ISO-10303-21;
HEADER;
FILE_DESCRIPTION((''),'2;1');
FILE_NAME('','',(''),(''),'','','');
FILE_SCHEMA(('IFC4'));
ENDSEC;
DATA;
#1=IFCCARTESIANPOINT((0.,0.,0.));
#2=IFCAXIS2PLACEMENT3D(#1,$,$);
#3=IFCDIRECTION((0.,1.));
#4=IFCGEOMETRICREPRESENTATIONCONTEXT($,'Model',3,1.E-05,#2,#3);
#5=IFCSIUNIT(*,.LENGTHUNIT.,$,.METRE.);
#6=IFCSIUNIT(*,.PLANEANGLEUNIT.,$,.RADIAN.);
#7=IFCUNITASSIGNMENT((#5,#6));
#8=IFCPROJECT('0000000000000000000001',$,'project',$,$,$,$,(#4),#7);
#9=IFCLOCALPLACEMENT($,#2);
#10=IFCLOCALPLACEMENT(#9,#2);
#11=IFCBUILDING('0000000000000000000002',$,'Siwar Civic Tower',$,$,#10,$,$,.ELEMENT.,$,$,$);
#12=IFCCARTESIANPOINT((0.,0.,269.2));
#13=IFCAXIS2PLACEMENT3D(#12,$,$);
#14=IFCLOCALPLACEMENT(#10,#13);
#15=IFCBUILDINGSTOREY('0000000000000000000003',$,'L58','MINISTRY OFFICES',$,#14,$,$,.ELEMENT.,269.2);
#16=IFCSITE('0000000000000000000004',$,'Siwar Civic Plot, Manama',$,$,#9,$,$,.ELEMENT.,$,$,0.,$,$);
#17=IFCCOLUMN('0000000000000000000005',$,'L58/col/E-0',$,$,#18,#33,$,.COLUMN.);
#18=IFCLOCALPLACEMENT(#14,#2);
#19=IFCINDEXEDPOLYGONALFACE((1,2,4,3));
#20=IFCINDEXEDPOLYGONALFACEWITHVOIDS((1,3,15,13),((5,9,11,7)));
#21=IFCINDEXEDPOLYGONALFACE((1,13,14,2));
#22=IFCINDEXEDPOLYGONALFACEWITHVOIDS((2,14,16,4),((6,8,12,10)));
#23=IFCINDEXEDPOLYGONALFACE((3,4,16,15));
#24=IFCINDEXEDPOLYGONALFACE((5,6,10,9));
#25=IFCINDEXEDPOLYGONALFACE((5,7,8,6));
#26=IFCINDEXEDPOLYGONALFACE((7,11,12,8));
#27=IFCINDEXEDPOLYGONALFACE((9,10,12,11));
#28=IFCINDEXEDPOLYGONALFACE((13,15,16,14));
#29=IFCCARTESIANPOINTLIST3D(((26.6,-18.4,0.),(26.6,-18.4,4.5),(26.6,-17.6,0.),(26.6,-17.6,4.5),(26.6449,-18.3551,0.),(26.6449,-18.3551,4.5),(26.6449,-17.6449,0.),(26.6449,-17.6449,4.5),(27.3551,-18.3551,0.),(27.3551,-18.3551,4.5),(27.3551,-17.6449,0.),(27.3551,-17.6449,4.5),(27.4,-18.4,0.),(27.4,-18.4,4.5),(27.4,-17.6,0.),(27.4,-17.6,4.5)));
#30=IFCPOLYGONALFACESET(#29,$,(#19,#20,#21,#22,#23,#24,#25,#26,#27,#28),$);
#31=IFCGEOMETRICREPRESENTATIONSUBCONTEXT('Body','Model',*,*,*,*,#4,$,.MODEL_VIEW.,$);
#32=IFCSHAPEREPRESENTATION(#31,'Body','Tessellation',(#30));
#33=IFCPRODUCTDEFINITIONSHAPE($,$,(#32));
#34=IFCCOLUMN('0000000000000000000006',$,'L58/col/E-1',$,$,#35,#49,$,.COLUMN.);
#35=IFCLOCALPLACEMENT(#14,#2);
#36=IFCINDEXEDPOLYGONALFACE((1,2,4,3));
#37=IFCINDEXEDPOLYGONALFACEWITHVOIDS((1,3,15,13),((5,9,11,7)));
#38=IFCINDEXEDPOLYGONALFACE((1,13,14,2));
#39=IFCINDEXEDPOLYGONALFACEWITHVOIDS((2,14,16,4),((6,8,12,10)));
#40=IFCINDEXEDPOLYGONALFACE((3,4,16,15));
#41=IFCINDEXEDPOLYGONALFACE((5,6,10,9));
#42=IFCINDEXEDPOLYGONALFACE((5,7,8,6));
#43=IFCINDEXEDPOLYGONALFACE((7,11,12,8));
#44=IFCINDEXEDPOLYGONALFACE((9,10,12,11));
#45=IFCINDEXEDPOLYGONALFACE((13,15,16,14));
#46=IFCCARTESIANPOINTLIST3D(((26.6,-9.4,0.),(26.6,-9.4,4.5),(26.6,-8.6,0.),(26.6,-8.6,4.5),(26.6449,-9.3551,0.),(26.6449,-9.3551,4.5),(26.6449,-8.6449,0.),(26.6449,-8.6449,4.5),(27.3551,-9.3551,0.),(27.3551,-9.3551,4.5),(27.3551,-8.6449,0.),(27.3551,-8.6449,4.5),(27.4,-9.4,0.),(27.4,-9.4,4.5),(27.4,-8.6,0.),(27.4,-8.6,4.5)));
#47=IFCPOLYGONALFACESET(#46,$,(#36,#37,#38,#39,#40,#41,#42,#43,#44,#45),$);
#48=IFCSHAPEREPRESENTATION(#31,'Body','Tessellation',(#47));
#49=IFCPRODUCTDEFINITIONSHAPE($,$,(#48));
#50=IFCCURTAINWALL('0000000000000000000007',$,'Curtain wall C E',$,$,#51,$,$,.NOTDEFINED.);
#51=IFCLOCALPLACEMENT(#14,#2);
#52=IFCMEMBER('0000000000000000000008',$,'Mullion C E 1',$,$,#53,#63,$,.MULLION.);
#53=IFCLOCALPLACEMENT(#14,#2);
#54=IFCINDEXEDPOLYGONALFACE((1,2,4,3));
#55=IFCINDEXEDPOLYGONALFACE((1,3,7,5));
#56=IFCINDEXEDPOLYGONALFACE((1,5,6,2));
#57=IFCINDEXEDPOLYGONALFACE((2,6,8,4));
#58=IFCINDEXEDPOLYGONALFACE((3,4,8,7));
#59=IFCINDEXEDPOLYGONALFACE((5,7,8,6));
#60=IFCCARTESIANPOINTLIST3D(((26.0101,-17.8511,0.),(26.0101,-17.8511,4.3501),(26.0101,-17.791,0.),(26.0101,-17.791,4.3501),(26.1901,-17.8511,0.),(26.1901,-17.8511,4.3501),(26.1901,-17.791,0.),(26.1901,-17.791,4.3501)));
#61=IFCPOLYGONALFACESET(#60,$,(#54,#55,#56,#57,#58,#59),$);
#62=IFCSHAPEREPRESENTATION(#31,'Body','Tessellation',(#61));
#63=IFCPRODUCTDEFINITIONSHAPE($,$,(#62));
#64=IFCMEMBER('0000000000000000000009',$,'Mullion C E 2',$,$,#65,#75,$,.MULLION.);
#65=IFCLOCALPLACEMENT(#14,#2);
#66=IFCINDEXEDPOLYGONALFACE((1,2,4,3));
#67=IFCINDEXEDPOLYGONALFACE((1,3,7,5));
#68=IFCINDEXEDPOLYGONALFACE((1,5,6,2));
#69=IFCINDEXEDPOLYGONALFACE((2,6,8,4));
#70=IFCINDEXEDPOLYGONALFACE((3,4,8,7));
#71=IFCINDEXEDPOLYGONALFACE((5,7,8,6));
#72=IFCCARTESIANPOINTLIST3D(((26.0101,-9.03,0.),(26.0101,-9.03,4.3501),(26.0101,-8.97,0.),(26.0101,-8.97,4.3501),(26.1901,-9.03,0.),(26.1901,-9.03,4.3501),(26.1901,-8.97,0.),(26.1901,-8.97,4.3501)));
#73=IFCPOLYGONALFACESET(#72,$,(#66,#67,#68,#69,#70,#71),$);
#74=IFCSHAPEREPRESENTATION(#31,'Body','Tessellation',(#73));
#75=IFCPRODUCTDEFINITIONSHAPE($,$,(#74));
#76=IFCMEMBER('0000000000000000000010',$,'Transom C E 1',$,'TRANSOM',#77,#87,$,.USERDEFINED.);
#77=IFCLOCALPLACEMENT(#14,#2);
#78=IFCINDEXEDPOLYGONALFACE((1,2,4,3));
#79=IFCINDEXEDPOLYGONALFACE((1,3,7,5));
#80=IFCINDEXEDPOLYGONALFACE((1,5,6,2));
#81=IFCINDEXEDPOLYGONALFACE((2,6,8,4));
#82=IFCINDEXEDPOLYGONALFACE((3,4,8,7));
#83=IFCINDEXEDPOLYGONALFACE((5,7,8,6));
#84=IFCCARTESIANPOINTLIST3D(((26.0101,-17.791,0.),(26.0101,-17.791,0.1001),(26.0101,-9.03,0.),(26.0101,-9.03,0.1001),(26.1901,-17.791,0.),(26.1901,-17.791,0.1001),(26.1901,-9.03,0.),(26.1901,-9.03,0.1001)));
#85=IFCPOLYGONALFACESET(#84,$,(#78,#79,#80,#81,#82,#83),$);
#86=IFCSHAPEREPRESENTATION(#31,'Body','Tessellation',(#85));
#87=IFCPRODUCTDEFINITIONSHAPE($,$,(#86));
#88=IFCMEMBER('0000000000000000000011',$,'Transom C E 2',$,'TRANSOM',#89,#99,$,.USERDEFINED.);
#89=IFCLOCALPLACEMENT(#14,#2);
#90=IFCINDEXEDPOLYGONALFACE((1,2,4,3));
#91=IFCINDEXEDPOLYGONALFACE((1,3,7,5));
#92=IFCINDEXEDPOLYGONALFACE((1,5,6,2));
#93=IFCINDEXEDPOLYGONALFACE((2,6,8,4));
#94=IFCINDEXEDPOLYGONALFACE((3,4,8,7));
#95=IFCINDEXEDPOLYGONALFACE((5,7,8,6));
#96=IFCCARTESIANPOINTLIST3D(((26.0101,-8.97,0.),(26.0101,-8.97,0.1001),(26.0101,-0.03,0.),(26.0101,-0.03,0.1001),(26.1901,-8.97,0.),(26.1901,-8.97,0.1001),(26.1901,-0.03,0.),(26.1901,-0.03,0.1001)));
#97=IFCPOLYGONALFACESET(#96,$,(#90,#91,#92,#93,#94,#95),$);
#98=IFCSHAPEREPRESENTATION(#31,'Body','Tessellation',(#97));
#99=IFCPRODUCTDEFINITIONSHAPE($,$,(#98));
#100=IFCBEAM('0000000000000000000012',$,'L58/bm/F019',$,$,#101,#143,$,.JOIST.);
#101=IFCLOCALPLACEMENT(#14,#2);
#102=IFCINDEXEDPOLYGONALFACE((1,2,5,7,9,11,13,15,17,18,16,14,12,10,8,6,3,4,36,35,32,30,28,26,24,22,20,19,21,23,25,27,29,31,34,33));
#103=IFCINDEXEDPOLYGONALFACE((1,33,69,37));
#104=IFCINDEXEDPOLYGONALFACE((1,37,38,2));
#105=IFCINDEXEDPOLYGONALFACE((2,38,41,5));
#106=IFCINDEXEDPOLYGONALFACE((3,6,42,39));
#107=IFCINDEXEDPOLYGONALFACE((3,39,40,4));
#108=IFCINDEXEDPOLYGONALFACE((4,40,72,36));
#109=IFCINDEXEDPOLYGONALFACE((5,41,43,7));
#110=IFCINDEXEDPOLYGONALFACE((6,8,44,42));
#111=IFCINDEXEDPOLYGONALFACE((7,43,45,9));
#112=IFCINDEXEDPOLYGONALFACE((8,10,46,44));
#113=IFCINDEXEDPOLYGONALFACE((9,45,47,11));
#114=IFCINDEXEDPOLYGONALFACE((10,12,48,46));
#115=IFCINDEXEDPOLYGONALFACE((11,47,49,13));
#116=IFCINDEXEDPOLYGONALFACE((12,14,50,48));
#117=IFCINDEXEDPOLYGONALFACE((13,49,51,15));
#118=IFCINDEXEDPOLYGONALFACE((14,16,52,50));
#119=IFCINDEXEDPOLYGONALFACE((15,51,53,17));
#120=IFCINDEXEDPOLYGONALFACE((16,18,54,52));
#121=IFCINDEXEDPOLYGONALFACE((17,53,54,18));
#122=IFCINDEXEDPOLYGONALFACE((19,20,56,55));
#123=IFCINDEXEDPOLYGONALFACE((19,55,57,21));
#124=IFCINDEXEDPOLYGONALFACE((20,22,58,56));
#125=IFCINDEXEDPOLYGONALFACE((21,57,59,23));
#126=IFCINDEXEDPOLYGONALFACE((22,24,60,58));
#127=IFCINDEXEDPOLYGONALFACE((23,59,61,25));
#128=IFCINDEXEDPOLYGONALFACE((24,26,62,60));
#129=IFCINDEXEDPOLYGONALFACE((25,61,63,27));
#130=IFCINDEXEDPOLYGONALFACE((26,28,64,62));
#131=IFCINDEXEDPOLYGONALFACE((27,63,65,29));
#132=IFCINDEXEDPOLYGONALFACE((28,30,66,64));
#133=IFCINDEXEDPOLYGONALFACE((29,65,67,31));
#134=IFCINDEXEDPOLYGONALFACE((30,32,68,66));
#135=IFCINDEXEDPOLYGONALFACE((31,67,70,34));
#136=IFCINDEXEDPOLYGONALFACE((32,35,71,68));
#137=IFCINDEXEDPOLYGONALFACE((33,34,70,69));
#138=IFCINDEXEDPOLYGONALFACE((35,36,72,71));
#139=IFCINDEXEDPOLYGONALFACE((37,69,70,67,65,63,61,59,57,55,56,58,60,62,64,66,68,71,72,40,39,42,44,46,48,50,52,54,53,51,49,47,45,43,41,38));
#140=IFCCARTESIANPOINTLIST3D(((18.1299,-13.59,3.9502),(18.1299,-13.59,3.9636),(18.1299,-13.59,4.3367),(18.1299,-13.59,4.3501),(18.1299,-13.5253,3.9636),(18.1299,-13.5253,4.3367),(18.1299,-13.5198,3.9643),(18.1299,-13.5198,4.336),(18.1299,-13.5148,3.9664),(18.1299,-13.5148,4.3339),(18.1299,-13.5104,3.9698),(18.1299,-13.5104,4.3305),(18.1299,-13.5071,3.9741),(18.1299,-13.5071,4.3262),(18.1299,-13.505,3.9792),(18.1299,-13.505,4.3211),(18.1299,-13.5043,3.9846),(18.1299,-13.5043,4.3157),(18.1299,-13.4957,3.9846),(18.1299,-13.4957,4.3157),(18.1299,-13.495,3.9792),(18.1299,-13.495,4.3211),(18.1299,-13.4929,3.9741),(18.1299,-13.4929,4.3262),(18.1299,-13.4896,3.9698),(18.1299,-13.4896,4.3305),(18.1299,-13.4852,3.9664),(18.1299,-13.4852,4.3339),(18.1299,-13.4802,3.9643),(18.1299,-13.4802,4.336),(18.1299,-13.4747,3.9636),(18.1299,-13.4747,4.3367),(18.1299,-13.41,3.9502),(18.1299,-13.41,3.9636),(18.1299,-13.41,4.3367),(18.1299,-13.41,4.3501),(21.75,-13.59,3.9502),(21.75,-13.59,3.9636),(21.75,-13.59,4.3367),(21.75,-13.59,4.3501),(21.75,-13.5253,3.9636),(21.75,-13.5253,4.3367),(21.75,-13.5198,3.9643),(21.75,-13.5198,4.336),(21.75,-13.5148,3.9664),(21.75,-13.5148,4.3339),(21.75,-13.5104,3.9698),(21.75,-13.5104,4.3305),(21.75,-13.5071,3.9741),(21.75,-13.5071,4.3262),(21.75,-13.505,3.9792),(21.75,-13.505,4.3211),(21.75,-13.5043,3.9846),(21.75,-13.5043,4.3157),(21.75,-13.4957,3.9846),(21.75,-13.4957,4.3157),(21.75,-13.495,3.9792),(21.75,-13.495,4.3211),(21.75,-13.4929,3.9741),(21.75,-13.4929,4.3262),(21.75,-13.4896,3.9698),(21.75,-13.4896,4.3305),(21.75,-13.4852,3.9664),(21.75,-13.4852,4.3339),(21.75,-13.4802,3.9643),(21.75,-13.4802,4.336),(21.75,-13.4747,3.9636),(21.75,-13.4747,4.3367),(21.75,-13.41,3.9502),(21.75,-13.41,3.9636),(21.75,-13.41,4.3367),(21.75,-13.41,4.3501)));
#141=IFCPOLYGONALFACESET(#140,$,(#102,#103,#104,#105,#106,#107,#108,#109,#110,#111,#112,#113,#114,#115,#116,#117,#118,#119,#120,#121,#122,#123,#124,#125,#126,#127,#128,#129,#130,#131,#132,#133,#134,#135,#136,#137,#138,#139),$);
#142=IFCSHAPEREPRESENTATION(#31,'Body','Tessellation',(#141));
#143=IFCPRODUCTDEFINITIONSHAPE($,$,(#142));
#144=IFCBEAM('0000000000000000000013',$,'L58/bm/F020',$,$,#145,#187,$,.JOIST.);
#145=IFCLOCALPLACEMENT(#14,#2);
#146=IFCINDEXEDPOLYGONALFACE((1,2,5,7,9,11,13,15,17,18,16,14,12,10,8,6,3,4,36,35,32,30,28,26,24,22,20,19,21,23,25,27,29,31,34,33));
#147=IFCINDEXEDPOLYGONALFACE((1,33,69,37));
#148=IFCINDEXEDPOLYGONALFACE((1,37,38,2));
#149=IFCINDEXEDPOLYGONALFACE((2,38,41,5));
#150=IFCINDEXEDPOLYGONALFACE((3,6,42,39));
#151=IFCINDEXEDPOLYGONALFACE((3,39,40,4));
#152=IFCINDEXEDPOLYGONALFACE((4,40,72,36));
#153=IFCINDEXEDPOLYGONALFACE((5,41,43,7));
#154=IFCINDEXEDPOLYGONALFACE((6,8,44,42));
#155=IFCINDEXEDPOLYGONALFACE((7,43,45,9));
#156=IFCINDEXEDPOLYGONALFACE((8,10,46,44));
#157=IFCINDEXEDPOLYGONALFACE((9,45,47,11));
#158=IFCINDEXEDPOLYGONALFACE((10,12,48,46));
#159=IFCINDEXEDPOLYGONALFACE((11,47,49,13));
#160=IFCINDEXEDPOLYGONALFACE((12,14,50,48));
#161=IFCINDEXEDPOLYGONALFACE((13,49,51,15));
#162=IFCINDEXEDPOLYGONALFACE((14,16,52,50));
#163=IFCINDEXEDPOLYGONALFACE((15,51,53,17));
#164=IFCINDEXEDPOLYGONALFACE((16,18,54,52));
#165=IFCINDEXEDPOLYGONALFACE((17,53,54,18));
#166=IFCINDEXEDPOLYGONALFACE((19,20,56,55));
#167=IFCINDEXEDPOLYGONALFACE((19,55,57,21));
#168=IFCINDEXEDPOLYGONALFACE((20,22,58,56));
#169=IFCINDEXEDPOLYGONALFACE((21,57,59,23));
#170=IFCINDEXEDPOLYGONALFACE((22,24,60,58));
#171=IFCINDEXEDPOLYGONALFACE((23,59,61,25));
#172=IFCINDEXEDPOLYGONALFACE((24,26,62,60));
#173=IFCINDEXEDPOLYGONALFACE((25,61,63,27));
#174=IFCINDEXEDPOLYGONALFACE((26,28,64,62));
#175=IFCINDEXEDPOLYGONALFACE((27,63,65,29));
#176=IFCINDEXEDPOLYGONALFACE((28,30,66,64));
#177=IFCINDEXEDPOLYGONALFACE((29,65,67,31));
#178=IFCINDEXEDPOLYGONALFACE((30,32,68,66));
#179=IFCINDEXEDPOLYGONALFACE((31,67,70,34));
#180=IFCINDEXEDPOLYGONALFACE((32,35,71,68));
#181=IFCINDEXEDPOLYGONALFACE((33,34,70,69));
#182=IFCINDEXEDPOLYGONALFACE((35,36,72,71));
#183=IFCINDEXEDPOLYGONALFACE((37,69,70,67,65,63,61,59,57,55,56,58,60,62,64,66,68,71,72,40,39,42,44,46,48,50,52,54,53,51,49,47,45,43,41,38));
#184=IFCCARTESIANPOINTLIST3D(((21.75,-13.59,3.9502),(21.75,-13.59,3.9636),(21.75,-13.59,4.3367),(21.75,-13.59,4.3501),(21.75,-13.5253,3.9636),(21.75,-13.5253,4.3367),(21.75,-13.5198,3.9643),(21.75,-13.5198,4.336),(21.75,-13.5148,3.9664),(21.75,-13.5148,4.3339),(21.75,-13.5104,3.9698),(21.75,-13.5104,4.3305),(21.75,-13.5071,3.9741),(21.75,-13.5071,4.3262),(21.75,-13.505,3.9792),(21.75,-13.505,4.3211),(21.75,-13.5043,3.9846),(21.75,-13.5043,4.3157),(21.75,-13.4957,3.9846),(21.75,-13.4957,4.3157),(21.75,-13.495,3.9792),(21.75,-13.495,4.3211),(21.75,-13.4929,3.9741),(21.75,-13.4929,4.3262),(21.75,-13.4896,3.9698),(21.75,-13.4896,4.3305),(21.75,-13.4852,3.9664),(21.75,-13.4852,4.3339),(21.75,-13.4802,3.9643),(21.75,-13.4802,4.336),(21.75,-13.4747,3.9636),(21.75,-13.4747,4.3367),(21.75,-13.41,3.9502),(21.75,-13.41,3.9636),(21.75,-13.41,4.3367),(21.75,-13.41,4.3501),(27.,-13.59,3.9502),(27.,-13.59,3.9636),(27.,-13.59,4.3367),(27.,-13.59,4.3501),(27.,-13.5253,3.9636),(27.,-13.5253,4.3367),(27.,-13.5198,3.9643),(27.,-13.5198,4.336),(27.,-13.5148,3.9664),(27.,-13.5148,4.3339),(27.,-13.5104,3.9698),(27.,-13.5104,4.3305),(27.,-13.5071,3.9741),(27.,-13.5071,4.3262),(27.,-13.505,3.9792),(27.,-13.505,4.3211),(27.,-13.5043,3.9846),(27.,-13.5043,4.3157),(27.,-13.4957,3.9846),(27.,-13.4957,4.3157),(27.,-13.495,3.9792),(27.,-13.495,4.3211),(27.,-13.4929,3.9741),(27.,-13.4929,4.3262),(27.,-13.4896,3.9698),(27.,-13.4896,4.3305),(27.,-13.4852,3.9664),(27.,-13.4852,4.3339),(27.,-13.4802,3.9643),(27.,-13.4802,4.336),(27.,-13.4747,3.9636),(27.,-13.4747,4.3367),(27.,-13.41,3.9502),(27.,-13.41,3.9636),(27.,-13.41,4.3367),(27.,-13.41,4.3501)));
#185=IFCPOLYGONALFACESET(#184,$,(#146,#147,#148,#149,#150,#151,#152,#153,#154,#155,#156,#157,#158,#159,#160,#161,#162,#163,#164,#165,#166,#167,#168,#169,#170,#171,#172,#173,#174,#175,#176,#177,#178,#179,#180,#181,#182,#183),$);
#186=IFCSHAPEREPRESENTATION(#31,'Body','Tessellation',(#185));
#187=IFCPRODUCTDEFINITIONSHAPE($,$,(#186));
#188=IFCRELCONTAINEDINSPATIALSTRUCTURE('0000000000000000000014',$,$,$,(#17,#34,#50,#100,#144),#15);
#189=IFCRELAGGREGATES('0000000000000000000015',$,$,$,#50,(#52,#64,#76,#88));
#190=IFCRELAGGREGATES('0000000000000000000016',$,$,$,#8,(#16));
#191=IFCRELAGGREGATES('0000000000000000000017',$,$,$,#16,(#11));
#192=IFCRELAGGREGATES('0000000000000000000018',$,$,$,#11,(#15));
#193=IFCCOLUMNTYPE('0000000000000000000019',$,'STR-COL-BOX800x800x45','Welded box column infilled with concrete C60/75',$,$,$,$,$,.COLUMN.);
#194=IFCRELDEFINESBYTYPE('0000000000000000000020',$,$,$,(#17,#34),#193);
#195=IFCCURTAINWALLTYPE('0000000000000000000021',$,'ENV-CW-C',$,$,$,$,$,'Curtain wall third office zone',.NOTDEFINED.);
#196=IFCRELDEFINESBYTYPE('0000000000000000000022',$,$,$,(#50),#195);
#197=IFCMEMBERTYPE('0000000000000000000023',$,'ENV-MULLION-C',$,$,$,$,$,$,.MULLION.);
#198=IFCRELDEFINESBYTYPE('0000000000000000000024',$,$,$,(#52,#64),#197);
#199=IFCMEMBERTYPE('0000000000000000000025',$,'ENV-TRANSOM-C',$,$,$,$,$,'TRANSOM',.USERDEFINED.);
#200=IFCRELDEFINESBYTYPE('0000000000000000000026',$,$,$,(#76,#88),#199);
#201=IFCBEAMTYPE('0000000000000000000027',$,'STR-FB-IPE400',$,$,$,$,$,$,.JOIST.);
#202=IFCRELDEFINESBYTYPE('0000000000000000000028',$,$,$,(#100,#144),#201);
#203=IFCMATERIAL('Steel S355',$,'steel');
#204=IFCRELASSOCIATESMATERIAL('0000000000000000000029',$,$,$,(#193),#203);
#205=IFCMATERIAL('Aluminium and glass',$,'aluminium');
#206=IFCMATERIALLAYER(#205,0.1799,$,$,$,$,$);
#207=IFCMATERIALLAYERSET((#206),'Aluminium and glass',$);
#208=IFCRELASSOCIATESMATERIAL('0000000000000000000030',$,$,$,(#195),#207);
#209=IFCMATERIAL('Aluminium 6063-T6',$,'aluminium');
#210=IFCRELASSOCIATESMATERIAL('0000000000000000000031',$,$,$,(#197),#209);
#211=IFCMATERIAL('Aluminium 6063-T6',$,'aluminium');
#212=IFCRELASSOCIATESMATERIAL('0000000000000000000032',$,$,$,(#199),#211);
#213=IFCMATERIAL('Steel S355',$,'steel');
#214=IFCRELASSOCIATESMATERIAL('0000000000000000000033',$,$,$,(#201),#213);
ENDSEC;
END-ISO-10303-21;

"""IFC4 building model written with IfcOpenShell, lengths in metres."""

from ifc_helpers import new_model, si_unit, direction, frame, origin, origin_2d, place, context, subcontext, project, spatial, rectangle, hollow_rectangle, i_section, extrude, material, layer, layer_set, material_profile, profile_set, type_object, element, aggregate, save


model = new_model("IFC4")

# Units and contexts
model_context = context("Model", 3, precision=1e-05, world=origin(), true_north=direction((0.0, 1.0)))
body_context = subcontext(model_context, "Body", "Model", "MODEL_VIEW")
ifc_project = project(units=[si_unit("LENGTHUNIT", "METRE"), si_unit("PLANEANGLEUNIT", "RADIAN")], contexts=[model_context])

# Site, building, storey
site_placement = place(None, origin())
site = spatial("IfcSite", under=ifc_project, at=site_placement, Name="Siwar Civic Plot, Manama", CompositionType="ELEMENT", RefElevation=0.0)
building_placement = place(site_placement, origin())
building = spatial("IfcBuilding", under=site, at=building_placement, Name="Siwar Civic Tower", CompositionType="ELEMENT")
storey_placement = place(building_placement, frame((0.0, 0.0, 269.2)))
storey = spatial("IfcBuildingStorey", under=building, at=storey_placement, Name="L58", Description="MINISTRY OFFICES", CompositionType="ELEMENT", Elevation=269.2)

# Columns
ifc_material_1 = material(Name="Steel S355", Category="steel")
ifc_material_profile_1 = material_profile(ifc_material_1, hollow_rectangle(XDim=0.8, YDim=0.8, WallThickness=0.0449, at=origin_2d()), Name="BOX800x800x45")
ifc_profile_set_1 = profile_set([ifc_material_profile_1], Name="Steel S355")
column_type = type_object("IfcColumnType", Name="STR-COL-BOX800x800x45", Description="Welded box column infilled with concrete C60/75", PredefinedType="COLUMN", material=ifc_profile_set_1)
for number, where, z_axis, x_axis, name in (
    (1, (27.0, -18.0, 0.0), (0.0, 0.0, 1.0), (1.0, 0.0, 0.0), "L58/col/E-0"),
    (2, (27.0, -9.0, 0.0), (0.0, 0.0, 1.0), (1.0, 0.0, 0.0), "L58/col/E-1"),
):
    element("IfcColumn", number, at=place(storey_placement, frame(where, z_axis=z_axis, x_axis=x_axis)), inside=storey, type_object=column_type, Name=name, PredefinedType="COLUMN", context=body_context, shape_type="SweptSolid", body=[
        extrude(hollow_rectangle(XDim=0.8, YDim=0.8, WallThickness=0.0449, at=origin_2d()), origin(), (0.0, 0.0, 1.0), 4.5),
    ])

# Curtain wall, members
ifc_material_2 = material(Name="Aluminium and glass", Category="aluminium")
ifc_layer_1 = layer(ifc_material_2, 0.1799)
ifc_layer_set_1 = layer_set([ifc_layer_1], Name="Aluminium and glass")
curtain_wall_type = type_object("IfcCurtainWallType", Name="ENV-CW-C", ElementType="Curtain wall third office zone", PredefinedType="NOTDEFINED", material=ifc_layer_set_1)
curtain_wall_placement = place(storey_placement, origin())
curtain_wall = element("IfcCurtainWall", 3, at=curtain_wall_placement, inside=storey, type_object=curtain_wall_type, Name="Curtain wall C E", PredefinedType="NOTDEFINED")
ifc_material_3 = material(Name="Aluminium 6063-T6", Category="aluminium")
ifc_material_profile_2 = material_profile(ifc_material_3, rectangle(XDim=0.1799, YDim=0.0601, at=origin_2d()), Name="AL 180x60")
ifc_profile_set_2 = profile_set([ifc_material_profile_2], Name="Aluminium 6063-T6")
member_type_1 = type_object("IfcMemberType", Name="ENV-MULLION-C", PredefinedType="MULLION", material=ifc_profile_set_2)
member_1_placement = place(storey_placement, frame((26.1001, -17.821, 0.0), z_axis=(0.0, 0.0, 1.0), x_axis=(-1.0, 0.0, 0.0)))
member_1 = element("IfcMember", 4, at=member_1_placement, type_object=member_type_1, Name="Mullion C E 1", PredefinedType="MULLION", context=body_context, shape_type="SweptSolid", body=[
    extrude(rectangle(XDim=0.1799, YDim=0.0601, at=origin_2d()), origin(), (0.0, 0.0, 1.0), 4.3501),
])
member_2_placement = place(storey_placement, frame((26.1001, -9.0, 0.0), z_axis=(0.0, 0.0, 1.0), x_axis=(-1.0, 0.0, 0.0)))
member_2 = element("IfcMember", 5, at=member_2_placement, type_object=member_type_1, Name="Mullion C E 2", PredefinedType="MULLION", context=body_context, shape_type="SweptSolid", body=[
    extrude(rectangle(XDim=0.1799, YDim=0.0601, at=origin_2d()), origin(), (0.0, 0.0, 1.0), 4.3501),
])
ifc_material_4 = material(Name="Aluminium 6063-T6", Category="aluminium")
ifc_material_profile_3 = material_profile(ifc_material_4, rectangle(XDim=0.1799, YDim=0.1001, at=origin_2d()), Name="AL 180x100")
ifc_profile_set_3 = profile_set([ifc_material_profile_3], Name="Aluminium 6063-T6")
member_type_2 = type_object("IfcMemberType", Name="ENV-TRANSOM-C", ElementType="TRANSOM", PredefinedType="USERDEFINED", material=ifc_profile_set_3)
member_3_placement = place(storey_placement, frame((26.1001, -17.791, 0.05), z_axis=(0.0, 1.0, 0.0), x_axis=(-1.0, 0.0, 0.0)))
member_3 = element("IfcMember", 6, at=member_3_placement, type_object=member_type_2, Name="Transom C E 1", ObjectType="TRANSOM", PredefinedType="USERDEFINED", context=body_context, shape_type="SweptSolid", body=[
    extrude(rectangle(XDim=0.1799, YDim=0.1001, at=origin_2d()), origin(), (0.0, 0.0, 1.0), 8.761),
])
member_4_placement = place(storey_placement, frame((26.1001, -8.97, 0.05), z_axis=(0.0, 1.0, 0.0), x_axis=(-1.0, 0.0, 0.0)))
member_4 = element("IfcMember", 7, at=member_4_placement, type_object=member_type_2, Name="Transom C E 2", ObjectType="TRANSOM", PredefinedType="USERDEFINED", context=body_context, shape_type="SweptSolid", body=[
    extrude(rectangle(XDim=0.1799, YDim=0.1001, at=origin_2d()), origin(), (0.0, 0.0, 1.0), 8.9399),
])

# Beams
ifc_material_5 = material(Name="Steel S355", Category="steel")
ifc_material_profile_4 = material_profile(ifc_material_5, i_section(OverallWidth=0.1799, OverallDepth=0.3999, WebThickness=0.0085, FlangeThickness=0.0134, FilletRadius=0.021, at=origin_2d()), Name="IPE400")
ifc_profile_set_4 = profile_set([ifc_material_profile_4], Name="Steel S355")
beam_type_1 = type_object("IfcBeamType", Name="STR-FB-IPE400", PredefinedType="JOIST", material=ifc_profile_set_4)
beam_placement = place(storey_placement, frame((18.1299, -13.5, 4.1501), z_axis=(1.0, 0.0, 0.0), x_axis=(0.0, 1.0, 0.0)))
element("IfcBeam", 8, at=beam_placement, inside=storey, type_object=beam_type_1, Name="L58/bm/F019", PredefinedType="JOIST", context=body_context, shape_type="SweptSolid", body=[
    extrude(i_section(OverallWidth=0.1799, OverallDepth=0.3999, WebThickness=0.0085, FlangeThickness=0.0134, FilletRadius=0.021, at=origin_2d()), origin(), (0.0, 0.0, 1.0), 3.6201),
])
for number, where, z_axis, x_axis, name in (
    (9, (21.75, -13.5, 4.1501), (1.0, 0.0, 0.0), (0.0, 1.0, 0.0), "L58/bm/F020"),
):
    element("IfcBeam", number, at=place(storey_placement, frame(where, z_axis=z_axis, x_axis=x_axis)), inside=storey, type_object=beam_type_1, Name=name, PredefinedType="JOIST", context=body_context, shape_type="SweptSolid", body=[
        extrude(i_section(OverallWidth=0.1799, OverallDepth=0.3999, WebThickness=0.0085, FlangeThickness=0.0134, FilletRadius=0.021, at=origin_2d()), origin(), (0.0, 0.0, 1.0), 5.25),
    ])

aggregate(curtain_wall, [member_1, member_2, member_3, member_4])

save(model, "model.ifc")
